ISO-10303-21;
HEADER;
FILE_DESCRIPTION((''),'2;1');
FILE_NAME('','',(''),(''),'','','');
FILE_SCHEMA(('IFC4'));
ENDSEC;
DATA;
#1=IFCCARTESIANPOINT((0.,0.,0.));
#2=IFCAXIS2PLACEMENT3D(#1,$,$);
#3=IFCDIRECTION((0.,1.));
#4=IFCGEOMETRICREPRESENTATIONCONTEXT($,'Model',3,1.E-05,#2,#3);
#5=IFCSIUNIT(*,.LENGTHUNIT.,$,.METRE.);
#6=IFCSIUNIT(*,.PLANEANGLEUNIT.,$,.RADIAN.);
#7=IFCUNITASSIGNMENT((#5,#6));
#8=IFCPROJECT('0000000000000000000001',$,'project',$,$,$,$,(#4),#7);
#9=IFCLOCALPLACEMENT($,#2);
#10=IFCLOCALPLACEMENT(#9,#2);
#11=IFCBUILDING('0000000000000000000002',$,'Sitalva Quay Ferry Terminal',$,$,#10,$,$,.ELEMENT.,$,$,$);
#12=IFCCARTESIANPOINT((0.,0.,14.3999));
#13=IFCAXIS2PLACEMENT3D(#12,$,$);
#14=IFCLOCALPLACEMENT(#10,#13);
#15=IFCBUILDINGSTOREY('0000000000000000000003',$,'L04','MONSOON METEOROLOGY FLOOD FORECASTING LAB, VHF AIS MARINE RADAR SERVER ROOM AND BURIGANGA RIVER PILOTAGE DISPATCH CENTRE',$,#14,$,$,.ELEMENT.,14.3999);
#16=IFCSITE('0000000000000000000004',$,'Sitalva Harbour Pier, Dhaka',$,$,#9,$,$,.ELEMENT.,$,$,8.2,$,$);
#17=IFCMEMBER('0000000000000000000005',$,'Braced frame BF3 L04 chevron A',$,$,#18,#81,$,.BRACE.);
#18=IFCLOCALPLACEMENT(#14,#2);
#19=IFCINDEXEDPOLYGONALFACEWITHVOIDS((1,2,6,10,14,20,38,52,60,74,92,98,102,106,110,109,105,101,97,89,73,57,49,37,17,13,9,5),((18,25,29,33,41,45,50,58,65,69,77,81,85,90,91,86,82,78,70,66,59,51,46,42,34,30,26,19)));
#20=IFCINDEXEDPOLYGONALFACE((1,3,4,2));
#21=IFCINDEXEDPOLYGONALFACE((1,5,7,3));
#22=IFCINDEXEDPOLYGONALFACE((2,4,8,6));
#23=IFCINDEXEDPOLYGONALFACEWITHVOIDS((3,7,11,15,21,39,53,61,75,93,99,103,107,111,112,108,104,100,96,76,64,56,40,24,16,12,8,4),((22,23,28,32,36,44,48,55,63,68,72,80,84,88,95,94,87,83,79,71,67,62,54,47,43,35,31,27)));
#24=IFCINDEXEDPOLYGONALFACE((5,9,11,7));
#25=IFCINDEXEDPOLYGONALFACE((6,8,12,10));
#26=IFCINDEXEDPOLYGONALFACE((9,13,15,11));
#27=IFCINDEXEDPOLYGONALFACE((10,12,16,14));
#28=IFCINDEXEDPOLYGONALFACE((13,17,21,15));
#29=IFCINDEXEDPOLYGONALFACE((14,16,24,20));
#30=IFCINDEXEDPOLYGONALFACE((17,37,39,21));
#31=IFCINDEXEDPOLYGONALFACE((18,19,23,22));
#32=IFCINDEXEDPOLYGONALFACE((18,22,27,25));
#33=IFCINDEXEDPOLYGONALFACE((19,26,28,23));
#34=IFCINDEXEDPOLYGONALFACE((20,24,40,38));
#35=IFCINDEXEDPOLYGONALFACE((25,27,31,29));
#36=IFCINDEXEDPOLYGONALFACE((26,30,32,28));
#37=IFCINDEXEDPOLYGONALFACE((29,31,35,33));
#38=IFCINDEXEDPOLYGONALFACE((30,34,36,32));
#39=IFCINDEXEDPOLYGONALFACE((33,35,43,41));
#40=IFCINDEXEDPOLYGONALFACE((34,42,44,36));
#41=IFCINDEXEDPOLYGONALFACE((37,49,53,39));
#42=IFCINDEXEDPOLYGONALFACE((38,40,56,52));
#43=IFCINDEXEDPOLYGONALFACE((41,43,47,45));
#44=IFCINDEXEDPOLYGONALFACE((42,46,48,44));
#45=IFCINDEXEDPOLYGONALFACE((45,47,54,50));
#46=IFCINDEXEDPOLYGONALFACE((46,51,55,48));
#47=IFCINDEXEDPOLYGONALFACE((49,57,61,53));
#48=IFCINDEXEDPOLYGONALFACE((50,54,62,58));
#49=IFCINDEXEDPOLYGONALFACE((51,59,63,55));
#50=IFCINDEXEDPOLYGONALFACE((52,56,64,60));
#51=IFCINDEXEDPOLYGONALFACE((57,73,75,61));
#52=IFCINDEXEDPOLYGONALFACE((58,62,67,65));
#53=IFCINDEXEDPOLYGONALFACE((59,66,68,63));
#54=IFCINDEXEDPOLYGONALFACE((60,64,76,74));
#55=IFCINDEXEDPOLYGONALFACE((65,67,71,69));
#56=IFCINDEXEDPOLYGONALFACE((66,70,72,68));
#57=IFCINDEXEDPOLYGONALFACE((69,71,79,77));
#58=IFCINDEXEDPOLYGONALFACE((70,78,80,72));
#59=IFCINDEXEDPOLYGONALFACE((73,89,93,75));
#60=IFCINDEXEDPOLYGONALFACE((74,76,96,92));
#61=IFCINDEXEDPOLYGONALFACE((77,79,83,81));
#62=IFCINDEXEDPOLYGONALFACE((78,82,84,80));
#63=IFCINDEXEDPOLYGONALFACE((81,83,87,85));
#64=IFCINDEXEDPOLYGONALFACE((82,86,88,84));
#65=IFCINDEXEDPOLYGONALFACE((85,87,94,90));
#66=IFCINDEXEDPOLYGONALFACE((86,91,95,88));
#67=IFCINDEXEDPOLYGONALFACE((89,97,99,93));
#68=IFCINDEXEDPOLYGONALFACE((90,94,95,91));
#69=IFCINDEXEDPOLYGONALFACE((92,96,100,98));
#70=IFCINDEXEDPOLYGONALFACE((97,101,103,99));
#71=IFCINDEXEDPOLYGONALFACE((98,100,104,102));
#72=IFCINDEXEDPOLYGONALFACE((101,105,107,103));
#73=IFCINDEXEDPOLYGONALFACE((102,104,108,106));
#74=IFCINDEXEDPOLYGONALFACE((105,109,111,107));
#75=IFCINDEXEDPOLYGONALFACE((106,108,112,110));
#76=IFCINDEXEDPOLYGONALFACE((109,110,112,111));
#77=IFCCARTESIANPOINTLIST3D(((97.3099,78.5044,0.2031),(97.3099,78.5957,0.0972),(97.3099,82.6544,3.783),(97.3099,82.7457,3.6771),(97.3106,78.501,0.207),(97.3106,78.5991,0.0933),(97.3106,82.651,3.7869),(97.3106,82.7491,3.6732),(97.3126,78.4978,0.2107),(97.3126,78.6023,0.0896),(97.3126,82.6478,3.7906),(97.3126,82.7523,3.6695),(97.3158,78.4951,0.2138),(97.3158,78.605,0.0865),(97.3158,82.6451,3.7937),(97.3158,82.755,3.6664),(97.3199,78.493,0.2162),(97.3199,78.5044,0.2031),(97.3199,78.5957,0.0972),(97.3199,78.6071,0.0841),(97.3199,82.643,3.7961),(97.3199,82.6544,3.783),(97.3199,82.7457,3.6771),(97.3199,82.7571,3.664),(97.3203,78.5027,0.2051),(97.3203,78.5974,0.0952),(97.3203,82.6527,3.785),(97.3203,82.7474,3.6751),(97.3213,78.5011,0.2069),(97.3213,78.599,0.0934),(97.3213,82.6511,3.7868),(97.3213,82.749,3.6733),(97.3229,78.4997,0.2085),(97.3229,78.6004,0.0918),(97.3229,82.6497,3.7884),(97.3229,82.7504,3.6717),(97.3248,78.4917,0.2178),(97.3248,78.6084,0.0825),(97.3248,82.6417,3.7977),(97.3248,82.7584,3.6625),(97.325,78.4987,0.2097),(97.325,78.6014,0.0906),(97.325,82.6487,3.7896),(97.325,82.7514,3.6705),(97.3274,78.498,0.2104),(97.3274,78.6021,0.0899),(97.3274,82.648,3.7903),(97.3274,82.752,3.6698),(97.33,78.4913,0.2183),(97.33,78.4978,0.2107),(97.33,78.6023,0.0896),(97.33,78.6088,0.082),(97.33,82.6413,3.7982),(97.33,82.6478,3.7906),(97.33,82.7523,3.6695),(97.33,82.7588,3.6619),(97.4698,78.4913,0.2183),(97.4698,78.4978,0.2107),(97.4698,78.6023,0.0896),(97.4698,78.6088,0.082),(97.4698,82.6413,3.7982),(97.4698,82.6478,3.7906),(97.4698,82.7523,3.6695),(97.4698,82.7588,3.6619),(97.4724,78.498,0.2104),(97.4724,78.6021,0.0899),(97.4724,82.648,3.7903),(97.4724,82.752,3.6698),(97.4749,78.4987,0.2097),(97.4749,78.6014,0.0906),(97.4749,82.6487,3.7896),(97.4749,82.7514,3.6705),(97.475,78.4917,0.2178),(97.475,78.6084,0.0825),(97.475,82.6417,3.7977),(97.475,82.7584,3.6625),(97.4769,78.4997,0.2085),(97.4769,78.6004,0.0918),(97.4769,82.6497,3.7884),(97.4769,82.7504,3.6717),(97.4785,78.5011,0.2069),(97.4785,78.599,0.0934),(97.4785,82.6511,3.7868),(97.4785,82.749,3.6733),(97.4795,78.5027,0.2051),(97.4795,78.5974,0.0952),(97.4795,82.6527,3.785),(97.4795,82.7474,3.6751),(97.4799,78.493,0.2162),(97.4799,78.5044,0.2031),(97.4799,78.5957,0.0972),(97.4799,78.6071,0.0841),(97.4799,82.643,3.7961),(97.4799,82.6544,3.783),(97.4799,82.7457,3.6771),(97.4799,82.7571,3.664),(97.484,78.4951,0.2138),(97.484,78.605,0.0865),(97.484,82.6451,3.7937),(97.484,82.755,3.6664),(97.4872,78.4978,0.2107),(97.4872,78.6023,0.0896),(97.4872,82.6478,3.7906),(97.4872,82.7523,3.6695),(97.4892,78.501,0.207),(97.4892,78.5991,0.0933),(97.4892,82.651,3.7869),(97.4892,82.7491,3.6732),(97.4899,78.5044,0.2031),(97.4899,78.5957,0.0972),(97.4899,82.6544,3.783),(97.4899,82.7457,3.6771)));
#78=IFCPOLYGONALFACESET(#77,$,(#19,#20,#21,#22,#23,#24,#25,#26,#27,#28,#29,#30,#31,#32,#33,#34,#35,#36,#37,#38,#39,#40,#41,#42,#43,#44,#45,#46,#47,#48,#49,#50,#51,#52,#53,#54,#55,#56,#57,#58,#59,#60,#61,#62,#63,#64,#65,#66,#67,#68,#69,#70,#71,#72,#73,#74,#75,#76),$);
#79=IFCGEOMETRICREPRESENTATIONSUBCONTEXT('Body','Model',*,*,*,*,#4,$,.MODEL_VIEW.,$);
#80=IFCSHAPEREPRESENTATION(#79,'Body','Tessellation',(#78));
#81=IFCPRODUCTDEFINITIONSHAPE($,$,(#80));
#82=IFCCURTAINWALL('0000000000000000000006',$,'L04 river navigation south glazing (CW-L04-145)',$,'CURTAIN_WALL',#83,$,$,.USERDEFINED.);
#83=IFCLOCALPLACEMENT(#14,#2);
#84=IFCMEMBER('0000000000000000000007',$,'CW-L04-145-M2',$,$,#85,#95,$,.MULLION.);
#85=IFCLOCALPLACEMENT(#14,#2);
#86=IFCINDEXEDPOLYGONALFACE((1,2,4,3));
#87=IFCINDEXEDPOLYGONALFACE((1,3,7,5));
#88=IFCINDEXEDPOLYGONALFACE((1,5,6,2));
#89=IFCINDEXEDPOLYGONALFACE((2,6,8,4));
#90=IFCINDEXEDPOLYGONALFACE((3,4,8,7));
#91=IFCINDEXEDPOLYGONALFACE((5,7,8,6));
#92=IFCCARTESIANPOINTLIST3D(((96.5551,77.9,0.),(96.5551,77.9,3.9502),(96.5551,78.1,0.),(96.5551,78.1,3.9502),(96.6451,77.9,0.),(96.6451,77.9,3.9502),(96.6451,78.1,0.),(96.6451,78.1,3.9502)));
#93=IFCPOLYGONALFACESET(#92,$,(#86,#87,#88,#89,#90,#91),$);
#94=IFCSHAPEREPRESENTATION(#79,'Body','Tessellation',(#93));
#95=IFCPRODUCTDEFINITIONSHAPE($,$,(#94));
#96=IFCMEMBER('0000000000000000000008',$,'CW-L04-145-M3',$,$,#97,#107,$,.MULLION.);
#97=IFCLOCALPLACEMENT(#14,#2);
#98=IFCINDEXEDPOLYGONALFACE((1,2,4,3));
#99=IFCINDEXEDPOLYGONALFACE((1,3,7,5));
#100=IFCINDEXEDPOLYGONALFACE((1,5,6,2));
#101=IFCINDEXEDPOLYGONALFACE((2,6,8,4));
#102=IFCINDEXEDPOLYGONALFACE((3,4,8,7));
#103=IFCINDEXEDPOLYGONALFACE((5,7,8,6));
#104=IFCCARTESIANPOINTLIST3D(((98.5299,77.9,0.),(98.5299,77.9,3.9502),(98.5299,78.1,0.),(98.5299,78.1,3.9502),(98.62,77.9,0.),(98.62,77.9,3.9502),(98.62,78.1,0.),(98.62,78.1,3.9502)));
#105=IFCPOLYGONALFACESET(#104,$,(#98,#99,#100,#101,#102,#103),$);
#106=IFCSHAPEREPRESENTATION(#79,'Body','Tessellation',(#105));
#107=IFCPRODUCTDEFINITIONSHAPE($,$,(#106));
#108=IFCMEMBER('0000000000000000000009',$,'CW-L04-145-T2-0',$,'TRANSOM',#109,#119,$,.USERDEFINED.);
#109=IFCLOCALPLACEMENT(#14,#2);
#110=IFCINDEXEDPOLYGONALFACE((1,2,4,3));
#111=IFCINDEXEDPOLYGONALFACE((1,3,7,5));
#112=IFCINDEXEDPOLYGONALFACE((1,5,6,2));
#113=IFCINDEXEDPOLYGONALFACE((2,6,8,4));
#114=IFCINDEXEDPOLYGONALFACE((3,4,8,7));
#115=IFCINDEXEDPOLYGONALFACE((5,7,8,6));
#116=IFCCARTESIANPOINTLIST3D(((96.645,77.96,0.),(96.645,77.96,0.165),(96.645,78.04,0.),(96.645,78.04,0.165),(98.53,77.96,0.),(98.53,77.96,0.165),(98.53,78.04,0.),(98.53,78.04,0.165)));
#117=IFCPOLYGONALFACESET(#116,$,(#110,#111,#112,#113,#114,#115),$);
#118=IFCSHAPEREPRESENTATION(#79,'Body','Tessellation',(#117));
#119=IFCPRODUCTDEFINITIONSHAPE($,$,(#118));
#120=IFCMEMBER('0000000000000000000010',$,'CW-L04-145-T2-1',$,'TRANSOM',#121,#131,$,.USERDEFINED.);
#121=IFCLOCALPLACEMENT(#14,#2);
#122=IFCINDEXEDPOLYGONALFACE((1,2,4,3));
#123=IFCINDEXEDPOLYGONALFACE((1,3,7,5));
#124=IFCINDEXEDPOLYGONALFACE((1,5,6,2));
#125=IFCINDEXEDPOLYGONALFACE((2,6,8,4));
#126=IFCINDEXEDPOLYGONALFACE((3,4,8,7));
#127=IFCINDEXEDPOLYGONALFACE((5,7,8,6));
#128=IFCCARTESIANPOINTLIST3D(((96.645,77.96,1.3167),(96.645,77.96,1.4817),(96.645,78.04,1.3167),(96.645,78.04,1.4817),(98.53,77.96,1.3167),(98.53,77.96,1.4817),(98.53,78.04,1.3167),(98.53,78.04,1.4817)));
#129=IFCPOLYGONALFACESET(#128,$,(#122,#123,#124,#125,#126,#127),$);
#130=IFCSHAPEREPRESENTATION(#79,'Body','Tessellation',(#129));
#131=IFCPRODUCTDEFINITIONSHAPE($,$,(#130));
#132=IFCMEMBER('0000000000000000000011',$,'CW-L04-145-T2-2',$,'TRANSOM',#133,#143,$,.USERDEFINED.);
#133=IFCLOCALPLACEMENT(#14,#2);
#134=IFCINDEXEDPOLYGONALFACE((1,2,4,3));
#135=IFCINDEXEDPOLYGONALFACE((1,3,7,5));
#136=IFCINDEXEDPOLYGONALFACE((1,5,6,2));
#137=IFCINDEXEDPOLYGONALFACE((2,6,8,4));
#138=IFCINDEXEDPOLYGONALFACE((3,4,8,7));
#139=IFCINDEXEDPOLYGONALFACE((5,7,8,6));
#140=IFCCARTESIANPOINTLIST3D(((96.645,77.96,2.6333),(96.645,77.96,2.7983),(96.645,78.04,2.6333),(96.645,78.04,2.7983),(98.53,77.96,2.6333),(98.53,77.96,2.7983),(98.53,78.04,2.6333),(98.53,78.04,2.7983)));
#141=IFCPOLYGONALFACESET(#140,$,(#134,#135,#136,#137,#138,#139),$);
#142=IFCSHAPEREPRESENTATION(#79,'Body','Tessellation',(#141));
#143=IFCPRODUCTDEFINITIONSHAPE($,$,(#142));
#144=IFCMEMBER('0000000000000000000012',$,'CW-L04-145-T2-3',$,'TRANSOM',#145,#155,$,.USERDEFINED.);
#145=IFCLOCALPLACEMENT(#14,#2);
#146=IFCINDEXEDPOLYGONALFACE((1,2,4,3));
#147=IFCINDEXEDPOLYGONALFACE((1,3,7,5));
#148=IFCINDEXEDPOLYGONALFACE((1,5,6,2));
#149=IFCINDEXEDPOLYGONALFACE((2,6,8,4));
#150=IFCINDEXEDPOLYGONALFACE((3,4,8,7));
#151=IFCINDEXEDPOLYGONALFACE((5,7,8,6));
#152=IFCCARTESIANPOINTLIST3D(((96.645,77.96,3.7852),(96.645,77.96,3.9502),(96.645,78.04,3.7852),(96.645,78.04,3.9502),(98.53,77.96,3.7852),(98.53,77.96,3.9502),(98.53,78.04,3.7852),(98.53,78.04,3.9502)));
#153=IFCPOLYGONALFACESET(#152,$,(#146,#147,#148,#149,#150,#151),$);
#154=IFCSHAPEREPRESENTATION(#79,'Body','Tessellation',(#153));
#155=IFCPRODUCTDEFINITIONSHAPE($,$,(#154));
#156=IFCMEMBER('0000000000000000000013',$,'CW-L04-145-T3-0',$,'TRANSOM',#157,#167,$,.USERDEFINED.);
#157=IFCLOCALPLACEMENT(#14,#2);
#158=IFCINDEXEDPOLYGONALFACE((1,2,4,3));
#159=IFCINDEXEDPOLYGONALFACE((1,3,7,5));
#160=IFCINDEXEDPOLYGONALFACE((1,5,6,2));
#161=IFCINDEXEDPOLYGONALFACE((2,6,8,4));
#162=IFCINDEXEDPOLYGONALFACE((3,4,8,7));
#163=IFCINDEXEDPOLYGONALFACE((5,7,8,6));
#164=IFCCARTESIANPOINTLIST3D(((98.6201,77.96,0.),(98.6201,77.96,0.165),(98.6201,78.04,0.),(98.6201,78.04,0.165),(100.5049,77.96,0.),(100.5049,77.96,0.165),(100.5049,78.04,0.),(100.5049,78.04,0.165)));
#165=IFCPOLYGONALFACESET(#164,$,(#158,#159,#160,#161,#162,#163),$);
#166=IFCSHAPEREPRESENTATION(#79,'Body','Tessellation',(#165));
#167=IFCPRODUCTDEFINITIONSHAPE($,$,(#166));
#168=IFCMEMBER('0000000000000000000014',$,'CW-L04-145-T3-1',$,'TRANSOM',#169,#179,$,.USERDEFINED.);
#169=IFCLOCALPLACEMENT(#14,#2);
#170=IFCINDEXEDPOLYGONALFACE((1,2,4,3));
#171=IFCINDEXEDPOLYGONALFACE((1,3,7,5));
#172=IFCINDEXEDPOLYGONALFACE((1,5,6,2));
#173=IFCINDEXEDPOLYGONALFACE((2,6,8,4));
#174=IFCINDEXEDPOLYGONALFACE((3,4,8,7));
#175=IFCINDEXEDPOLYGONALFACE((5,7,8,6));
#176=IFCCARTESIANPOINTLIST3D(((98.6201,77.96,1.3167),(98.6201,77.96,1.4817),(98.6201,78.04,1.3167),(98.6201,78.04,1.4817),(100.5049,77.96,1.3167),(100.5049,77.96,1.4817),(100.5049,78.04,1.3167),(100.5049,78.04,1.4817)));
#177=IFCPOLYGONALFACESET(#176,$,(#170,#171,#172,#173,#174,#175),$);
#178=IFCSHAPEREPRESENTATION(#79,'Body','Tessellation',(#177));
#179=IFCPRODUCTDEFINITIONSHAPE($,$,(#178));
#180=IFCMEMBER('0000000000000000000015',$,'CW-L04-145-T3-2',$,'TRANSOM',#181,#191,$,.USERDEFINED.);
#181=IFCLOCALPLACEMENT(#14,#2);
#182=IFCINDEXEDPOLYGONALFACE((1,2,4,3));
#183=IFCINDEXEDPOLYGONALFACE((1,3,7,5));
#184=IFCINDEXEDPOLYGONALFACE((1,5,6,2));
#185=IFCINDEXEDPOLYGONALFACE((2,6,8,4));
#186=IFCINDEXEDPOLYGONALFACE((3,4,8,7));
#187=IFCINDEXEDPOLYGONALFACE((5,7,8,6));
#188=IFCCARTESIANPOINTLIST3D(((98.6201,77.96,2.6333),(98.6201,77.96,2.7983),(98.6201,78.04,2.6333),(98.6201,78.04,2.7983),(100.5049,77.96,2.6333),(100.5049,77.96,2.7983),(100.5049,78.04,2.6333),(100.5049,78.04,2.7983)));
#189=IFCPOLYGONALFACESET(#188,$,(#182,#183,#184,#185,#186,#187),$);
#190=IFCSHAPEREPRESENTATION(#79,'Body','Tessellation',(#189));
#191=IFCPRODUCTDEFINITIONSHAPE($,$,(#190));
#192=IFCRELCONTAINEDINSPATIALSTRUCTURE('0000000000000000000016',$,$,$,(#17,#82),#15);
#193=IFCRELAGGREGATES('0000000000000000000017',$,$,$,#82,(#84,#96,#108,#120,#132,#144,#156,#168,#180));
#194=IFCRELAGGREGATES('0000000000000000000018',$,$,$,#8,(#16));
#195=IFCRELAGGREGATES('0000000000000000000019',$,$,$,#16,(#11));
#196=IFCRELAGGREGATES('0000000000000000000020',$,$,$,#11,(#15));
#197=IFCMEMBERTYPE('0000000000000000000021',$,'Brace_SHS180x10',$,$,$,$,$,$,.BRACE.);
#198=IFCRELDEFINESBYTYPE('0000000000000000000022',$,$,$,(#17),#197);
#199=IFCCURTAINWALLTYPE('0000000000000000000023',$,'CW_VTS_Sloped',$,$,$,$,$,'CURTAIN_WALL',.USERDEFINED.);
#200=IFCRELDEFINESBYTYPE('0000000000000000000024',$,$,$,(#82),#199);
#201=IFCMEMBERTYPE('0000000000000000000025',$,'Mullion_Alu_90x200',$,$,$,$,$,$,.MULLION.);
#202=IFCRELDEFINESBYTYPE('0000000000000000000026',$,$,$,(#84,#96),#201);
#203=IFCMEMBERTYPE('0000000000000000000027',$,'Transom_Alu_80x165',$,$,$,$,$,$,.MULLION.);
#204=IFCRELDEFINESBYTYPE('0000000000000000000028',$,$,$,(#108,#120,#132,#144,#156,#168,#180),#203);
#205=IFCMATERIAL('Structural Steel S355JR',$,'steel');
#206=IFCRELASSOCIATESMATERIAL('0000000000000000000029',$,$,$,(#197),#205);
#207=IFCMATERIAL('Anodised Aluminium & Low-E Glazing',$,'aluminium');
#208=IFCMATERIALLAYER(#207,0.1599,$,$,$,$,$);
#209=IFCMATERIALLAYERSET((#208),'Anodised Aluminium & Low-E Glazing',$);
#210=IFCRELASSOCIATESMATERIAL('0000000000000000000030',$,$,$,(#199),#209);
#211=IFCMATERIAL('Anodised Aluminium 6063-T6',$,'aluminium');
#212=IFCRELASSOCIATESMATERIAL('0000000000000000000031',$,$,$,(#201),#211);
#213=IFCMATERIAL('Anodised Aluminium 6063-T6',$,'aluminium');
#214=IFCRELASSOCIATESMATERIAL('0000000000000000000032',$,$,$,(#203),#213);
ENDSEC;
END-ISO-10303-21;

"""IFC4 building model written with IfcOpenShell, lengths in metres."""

from ifc_helpers import new_model, si_unit, direction, frame, origin, origin_2d, place, context, subcontext, project, spatial, rectangle, hollow_rectangle, extrude, material, layer, layer_set, material_profile, profile_set, type_object, element, aggregate, save


model = new_model("IFC4")

# Units and contexts
model_context = context("Model", 3, precision=1e-05, world=origin(), true_north=direction((0.0, 1.0)))
body_context = subcontext(model_context, "Body", "Model", "MODEL_VIEW")
ifc_project = project(units=[si_unit("LENGTHUNIT", "METRE"), si_unit("PLANEANGLEUNIT", "RADIAN")], contexts=[model_context])

# Site, building, storey
site_placement = place(None, origin())
site = spatial("IfcSite", under=ifc_project, at=site_placement, Name="Sitalva Harbour Pier, Dhaka", CompositionType="ELEMENT", RefElevation=8.2)
building_placement = place(site_placement, origin())
building = spatial("IfcBuilding", under=site, at=building_placement, Name="Sitalva Quay Ferry Terminal", CompositionType="ELEMENT")
storey_placement = place(building_placement, frame((0.0, 0.0, 14.3999)))
storey = spatial("IfcBuildingStorey", under=building, at=storey_placement, Name="L04", Description="MONSOON METEOROLOGY FLOOD FORECASTING LAB, VHF AIS MARINE RADAR SERVER ROOM AND BURIGANGA RIVER PILOTAGE DISPATCH CENTRE", CompositionType="ELEMENT", Elevation=14.3999)

# Member
ifc_material_1 = material(Name="Structural Steel S355JR", Category="steel")
ifc_material_profile_1 = material_profile(ifc_material_1, hollow_rectangle(XDim=0.1799, YDim=0.1799, WallThickness=0.01, InnerFilletRadius=0.01, OuterFilletRadius=0.02, at=origin_2d()), Name="SHS180x180x10")
ifc_profile_set_1 = profile_set([ifc_material_profile_1], Name="Structural Steel S355JR")
member_type_1 = type_object("IfcMemberType", Name="Brace_SHS180x10", PredefinedType="BRACE", material=ifc_profile_set_1)
member_1_placement = place(storey_placement, frame((97.3999, 78.55, 0.1501), z_axis=(0.0, 0.757199, 0.653184), x_axis=(-1.0, 0.0, 0.0)))
element("IfcMember", 1, at=member_1_placement, inside=storey, type_object=member_type_1, Name="Braced frame BF3 L04 chevron A", PredefinedType="BRACE", context=body_context, shape_type="SweptSolid", body=[
    extrude(hollow_rectangle(XDim=0.1799, YDim=0.1799, WallThickness=0.01, InnerFilletRadius=0.01, OuterFilletRadius=0.02, at=origin_2d()), origin(), (0.0, 0.0, 1.0), 5.4807),
])

# Curtain wall, members
ifc_material_2 = material(Name="Anodised Aluminium & Low-E Glazing", Category="aluminium")
ifc_layer_1 = layer(ifc_material_2, 0.1599)
ifc_layer_set_1 = layer_set([ifc_layer_1], Name="Anodised Aluminium & Low-E Glazing")
curtain_wall_type = type_object("IfcCurtainWallType", Name="CW_VTS_Sloped", ElementType="CURTAIN_WALL", PredefinedType="USERDEFINED", material=ifc_layer_set_1)
curtain_wall_placement = place(storey_placement, origin())
curtain_wall = element("IfcCurtainWall", 2, at=curtain_wall_placement, inside=storey, type_object=curtain_wall_type, Name="L04 river navigation south glazing (CW-L04-145)", ObjectType="CURTAIN_WALL", PredefinedType="USERDEFINED")
ifc_material_3 = material(Name="Anodised Aluminium 6063-T6", Category="aluminium")
ifc_material_profile_2 = material_profile(ifc_material_3, rectangle(XDim=0.0901, YDim=0.2, at=origin_2d()), Name="ALU90x200")
ifc_profile_set_2 = profile_set([ifc_material_profile_2], Name="Anodised Aluminium 6063-T6")
member_type_2 = type_object("IfcMemberType", Name="Mullion_Alu_90x200", PredefinedType="MULLION", material=ifc_profile_set_2)
member_2_placement = place(storey_placement, frame((96.6001, 78.0, 0.0), z_axis=(0.0, 0.0, 1.0), x_axis=(1.0, 0.0, 0.0)))
member_2 = element("IfcMember", 3, at=member_2_placement, type_object=member_type_2, Name="CW-L04-145-M2", PredefinedType="MULLION", context=body_context, shape_type="SweptSolid", body=[
    extrude(rectangle(XDim=0.0901, YDim=0.2, at=origin_2d()), origin(), (0.0, 0.0, 1.0), 3.9502),
])
member_3_placement = place(storey_placement, frame((98.575, 78.0, 0.0), z_axis=(0.0, 0.0, 1.0), x_axis=(1.0, 0.0, 0.0)))
member_3 = element("IfcMember", 4, at=member_3_placement, type_object=member_type_2, Name="CW-L04-145-M3", PredefinedType="MULLION", context=body_context, shape_type="SweptSolid", body=[
    extrude(rectangle(XDim=0.0901, YDim=0.2, at=origin_2d()), origin(), (0.0, 0.0, 1.0), 3.9502),
])
ifc_material_4 = material(Name="Anodised Aluminium 6063-T6", Category="aluminium")
ifc_material_profile_3 = material_profile(ifc_material_4, rectangle(XDim=0.0801, YDim=0.165, at=origin_2d()), Name="ALU80x165")
ifc_profile_set_3 = profile_set([ifc_material_profile_3], Name="Anodised Aluminium 6063-T6")
member_type_3 = type_object("IfcMemberType", Name="Transom_Alu_80x165", PredefinedType="MULLION", material=ifc_profile_set_3)
member_4_placement = place(storey_placement, frame((96.645, 78.0, 0.0825), z_axis=(1.0, 0.0, 0.0), x_axis=(0.0, 1.0, 0.0)))
member_4 = element("IfcMember", 5, at=member_4_placement, type_object=member_type_3, Name="CW-L04-145-T2-0", ObjectType="TRANSOM", PredefinedType="USERDEFINED", context=body_context, shape_type="SweptSolid", body=[
    extrude(rectangle(XDim=0.0801, YDim=0.165, at=origin_2d()), origin(), (0.0, 0.0, 1.0), 1.885),
])
member_5_placement = place(storey_placement, frame((96.645, 78.0, 1.3992), z_axis=(1.0, 0.0, 0.0), x_axis=(0.0, 1.0, 0.0)))
member_5 = element("IfcMember", 6, at=member_5_placement, type_object=member_type_3, Name="CW-L04-145-T2-1", ObjectType="TRANSOM", PredefinedType="USERDEFINED", context=body_context, shape_type="SweptSolid", body=[
    extrude(rectangle(XDim=0.0801, YDim=0.165, at=origin_2d()), origin(), (0.0, 0.0, 1.0), 1.885),
])
member_6_placement = place(storey_placement, frame((96.645, 78.0, 2.7158), z_axis=(1.0, 0.0, 0.0), x_axis=(0.0, 1.0, 0.0)))
member_6 = element("IfcMember", 7, at=member_6_placement, type_object=member_type_3, Name="CW-L04-145-T2-2", ObjectType="TRANSOM", PredefinedType="USERDEFINED", context=body_context, shape_type="SweptSolid", body=[
    extrude(rectangle(XDim=0.0801, YDim=0.165, at=origin_2d()), origin(), (0.0, 0.0, 1.0), 1.885),
])
member_7_placement = place(storey_placement, frame((96.645, 78.0, 3.8677), z_axis=(1.0, 0.0, 0.0), x_axis=(0.0, 1.0, 0.0)))
member_7 = element("IfcMember", 8, at=member_7_placement, type_object=member_type_3, Name="CW-L04-145-T2-3", ObjectType="TRANSOM", PredefinedType="USERDEFINED", context=body_context, shape_type="SweptSolid", body=[
    extrude(rectangle(XDim=0.0801, YDim=0.165, at=origin_2d()), origin(), (0.0, 0.0, 1.0), 1.885),
])
member_8_placement = place(storey_placement, frame((98.6201, 78.0, 0.0825), z_axis=(1.0, 0.0, 0.0), x_axis=(0.0, 1.0, 0.0)))
member_8 = element("IfcMember", 9, at=member_8_placement, type_object=member_type_3, Name="CW-L04-145-T3-0", ObjectType="TRANSOM", PredefinedType="USERDEFINED", context=body_context, shape_type="SweptSolid", body=[
    extrude(rectangle(XDim=0.0801, YDim=0.165, at=origin_2d()), origin(), (0.0, 0.0, 1.0), 1.8848),
])
member_9_placement = place(storey_placement, frame((98.6201, 78.0, 1.3992), z_axis=(1.0, 0.0, 0.0), x_axis=(0.0, 1.0, 0.0)))
member_9 = element("IfcMember", 10, at=member_9_placement, type_object=member_type_3, Name="CW-L04-145-T3-1", ObjectType="TRANSOM", PredefinedType="USERDEFINED", context=body_context, shape_type="SweptSolid", body=[
    extrude(rectangle(XDim=0.0801, YDim=0.165, at=origin_2d()), origin(), (0.0, 0.0, 1.0), 1.8848),
])
member_10_placement = place(storey_placement, frame((98.6201, 78.0, 2.7158), z_axis=(1.0, 0.0, 0.0), x_axis=(0.0, 1.0, 0.0)))
member_10 = element("IfcMember", 11, at=member_10_placement, type_object=member_type_3, Name="CW-L04-145-T3-2", ObjectType="TRANSOM", PredefinedType="USERDEFINED", context=body_context, shape_type="SweptSolid", body=[
    extrude(rectangle(XDim=0.0801, YDim=0.165, at=origin_2d()), origin(), (0.0, 0.0, 1.0), 1.8848),
])

aggregate(curtain_wall, [member_2, member_3, member_4, member_5, member_6, member_7, member_8, member_9, member_10])

save(model, "model.ifc")
